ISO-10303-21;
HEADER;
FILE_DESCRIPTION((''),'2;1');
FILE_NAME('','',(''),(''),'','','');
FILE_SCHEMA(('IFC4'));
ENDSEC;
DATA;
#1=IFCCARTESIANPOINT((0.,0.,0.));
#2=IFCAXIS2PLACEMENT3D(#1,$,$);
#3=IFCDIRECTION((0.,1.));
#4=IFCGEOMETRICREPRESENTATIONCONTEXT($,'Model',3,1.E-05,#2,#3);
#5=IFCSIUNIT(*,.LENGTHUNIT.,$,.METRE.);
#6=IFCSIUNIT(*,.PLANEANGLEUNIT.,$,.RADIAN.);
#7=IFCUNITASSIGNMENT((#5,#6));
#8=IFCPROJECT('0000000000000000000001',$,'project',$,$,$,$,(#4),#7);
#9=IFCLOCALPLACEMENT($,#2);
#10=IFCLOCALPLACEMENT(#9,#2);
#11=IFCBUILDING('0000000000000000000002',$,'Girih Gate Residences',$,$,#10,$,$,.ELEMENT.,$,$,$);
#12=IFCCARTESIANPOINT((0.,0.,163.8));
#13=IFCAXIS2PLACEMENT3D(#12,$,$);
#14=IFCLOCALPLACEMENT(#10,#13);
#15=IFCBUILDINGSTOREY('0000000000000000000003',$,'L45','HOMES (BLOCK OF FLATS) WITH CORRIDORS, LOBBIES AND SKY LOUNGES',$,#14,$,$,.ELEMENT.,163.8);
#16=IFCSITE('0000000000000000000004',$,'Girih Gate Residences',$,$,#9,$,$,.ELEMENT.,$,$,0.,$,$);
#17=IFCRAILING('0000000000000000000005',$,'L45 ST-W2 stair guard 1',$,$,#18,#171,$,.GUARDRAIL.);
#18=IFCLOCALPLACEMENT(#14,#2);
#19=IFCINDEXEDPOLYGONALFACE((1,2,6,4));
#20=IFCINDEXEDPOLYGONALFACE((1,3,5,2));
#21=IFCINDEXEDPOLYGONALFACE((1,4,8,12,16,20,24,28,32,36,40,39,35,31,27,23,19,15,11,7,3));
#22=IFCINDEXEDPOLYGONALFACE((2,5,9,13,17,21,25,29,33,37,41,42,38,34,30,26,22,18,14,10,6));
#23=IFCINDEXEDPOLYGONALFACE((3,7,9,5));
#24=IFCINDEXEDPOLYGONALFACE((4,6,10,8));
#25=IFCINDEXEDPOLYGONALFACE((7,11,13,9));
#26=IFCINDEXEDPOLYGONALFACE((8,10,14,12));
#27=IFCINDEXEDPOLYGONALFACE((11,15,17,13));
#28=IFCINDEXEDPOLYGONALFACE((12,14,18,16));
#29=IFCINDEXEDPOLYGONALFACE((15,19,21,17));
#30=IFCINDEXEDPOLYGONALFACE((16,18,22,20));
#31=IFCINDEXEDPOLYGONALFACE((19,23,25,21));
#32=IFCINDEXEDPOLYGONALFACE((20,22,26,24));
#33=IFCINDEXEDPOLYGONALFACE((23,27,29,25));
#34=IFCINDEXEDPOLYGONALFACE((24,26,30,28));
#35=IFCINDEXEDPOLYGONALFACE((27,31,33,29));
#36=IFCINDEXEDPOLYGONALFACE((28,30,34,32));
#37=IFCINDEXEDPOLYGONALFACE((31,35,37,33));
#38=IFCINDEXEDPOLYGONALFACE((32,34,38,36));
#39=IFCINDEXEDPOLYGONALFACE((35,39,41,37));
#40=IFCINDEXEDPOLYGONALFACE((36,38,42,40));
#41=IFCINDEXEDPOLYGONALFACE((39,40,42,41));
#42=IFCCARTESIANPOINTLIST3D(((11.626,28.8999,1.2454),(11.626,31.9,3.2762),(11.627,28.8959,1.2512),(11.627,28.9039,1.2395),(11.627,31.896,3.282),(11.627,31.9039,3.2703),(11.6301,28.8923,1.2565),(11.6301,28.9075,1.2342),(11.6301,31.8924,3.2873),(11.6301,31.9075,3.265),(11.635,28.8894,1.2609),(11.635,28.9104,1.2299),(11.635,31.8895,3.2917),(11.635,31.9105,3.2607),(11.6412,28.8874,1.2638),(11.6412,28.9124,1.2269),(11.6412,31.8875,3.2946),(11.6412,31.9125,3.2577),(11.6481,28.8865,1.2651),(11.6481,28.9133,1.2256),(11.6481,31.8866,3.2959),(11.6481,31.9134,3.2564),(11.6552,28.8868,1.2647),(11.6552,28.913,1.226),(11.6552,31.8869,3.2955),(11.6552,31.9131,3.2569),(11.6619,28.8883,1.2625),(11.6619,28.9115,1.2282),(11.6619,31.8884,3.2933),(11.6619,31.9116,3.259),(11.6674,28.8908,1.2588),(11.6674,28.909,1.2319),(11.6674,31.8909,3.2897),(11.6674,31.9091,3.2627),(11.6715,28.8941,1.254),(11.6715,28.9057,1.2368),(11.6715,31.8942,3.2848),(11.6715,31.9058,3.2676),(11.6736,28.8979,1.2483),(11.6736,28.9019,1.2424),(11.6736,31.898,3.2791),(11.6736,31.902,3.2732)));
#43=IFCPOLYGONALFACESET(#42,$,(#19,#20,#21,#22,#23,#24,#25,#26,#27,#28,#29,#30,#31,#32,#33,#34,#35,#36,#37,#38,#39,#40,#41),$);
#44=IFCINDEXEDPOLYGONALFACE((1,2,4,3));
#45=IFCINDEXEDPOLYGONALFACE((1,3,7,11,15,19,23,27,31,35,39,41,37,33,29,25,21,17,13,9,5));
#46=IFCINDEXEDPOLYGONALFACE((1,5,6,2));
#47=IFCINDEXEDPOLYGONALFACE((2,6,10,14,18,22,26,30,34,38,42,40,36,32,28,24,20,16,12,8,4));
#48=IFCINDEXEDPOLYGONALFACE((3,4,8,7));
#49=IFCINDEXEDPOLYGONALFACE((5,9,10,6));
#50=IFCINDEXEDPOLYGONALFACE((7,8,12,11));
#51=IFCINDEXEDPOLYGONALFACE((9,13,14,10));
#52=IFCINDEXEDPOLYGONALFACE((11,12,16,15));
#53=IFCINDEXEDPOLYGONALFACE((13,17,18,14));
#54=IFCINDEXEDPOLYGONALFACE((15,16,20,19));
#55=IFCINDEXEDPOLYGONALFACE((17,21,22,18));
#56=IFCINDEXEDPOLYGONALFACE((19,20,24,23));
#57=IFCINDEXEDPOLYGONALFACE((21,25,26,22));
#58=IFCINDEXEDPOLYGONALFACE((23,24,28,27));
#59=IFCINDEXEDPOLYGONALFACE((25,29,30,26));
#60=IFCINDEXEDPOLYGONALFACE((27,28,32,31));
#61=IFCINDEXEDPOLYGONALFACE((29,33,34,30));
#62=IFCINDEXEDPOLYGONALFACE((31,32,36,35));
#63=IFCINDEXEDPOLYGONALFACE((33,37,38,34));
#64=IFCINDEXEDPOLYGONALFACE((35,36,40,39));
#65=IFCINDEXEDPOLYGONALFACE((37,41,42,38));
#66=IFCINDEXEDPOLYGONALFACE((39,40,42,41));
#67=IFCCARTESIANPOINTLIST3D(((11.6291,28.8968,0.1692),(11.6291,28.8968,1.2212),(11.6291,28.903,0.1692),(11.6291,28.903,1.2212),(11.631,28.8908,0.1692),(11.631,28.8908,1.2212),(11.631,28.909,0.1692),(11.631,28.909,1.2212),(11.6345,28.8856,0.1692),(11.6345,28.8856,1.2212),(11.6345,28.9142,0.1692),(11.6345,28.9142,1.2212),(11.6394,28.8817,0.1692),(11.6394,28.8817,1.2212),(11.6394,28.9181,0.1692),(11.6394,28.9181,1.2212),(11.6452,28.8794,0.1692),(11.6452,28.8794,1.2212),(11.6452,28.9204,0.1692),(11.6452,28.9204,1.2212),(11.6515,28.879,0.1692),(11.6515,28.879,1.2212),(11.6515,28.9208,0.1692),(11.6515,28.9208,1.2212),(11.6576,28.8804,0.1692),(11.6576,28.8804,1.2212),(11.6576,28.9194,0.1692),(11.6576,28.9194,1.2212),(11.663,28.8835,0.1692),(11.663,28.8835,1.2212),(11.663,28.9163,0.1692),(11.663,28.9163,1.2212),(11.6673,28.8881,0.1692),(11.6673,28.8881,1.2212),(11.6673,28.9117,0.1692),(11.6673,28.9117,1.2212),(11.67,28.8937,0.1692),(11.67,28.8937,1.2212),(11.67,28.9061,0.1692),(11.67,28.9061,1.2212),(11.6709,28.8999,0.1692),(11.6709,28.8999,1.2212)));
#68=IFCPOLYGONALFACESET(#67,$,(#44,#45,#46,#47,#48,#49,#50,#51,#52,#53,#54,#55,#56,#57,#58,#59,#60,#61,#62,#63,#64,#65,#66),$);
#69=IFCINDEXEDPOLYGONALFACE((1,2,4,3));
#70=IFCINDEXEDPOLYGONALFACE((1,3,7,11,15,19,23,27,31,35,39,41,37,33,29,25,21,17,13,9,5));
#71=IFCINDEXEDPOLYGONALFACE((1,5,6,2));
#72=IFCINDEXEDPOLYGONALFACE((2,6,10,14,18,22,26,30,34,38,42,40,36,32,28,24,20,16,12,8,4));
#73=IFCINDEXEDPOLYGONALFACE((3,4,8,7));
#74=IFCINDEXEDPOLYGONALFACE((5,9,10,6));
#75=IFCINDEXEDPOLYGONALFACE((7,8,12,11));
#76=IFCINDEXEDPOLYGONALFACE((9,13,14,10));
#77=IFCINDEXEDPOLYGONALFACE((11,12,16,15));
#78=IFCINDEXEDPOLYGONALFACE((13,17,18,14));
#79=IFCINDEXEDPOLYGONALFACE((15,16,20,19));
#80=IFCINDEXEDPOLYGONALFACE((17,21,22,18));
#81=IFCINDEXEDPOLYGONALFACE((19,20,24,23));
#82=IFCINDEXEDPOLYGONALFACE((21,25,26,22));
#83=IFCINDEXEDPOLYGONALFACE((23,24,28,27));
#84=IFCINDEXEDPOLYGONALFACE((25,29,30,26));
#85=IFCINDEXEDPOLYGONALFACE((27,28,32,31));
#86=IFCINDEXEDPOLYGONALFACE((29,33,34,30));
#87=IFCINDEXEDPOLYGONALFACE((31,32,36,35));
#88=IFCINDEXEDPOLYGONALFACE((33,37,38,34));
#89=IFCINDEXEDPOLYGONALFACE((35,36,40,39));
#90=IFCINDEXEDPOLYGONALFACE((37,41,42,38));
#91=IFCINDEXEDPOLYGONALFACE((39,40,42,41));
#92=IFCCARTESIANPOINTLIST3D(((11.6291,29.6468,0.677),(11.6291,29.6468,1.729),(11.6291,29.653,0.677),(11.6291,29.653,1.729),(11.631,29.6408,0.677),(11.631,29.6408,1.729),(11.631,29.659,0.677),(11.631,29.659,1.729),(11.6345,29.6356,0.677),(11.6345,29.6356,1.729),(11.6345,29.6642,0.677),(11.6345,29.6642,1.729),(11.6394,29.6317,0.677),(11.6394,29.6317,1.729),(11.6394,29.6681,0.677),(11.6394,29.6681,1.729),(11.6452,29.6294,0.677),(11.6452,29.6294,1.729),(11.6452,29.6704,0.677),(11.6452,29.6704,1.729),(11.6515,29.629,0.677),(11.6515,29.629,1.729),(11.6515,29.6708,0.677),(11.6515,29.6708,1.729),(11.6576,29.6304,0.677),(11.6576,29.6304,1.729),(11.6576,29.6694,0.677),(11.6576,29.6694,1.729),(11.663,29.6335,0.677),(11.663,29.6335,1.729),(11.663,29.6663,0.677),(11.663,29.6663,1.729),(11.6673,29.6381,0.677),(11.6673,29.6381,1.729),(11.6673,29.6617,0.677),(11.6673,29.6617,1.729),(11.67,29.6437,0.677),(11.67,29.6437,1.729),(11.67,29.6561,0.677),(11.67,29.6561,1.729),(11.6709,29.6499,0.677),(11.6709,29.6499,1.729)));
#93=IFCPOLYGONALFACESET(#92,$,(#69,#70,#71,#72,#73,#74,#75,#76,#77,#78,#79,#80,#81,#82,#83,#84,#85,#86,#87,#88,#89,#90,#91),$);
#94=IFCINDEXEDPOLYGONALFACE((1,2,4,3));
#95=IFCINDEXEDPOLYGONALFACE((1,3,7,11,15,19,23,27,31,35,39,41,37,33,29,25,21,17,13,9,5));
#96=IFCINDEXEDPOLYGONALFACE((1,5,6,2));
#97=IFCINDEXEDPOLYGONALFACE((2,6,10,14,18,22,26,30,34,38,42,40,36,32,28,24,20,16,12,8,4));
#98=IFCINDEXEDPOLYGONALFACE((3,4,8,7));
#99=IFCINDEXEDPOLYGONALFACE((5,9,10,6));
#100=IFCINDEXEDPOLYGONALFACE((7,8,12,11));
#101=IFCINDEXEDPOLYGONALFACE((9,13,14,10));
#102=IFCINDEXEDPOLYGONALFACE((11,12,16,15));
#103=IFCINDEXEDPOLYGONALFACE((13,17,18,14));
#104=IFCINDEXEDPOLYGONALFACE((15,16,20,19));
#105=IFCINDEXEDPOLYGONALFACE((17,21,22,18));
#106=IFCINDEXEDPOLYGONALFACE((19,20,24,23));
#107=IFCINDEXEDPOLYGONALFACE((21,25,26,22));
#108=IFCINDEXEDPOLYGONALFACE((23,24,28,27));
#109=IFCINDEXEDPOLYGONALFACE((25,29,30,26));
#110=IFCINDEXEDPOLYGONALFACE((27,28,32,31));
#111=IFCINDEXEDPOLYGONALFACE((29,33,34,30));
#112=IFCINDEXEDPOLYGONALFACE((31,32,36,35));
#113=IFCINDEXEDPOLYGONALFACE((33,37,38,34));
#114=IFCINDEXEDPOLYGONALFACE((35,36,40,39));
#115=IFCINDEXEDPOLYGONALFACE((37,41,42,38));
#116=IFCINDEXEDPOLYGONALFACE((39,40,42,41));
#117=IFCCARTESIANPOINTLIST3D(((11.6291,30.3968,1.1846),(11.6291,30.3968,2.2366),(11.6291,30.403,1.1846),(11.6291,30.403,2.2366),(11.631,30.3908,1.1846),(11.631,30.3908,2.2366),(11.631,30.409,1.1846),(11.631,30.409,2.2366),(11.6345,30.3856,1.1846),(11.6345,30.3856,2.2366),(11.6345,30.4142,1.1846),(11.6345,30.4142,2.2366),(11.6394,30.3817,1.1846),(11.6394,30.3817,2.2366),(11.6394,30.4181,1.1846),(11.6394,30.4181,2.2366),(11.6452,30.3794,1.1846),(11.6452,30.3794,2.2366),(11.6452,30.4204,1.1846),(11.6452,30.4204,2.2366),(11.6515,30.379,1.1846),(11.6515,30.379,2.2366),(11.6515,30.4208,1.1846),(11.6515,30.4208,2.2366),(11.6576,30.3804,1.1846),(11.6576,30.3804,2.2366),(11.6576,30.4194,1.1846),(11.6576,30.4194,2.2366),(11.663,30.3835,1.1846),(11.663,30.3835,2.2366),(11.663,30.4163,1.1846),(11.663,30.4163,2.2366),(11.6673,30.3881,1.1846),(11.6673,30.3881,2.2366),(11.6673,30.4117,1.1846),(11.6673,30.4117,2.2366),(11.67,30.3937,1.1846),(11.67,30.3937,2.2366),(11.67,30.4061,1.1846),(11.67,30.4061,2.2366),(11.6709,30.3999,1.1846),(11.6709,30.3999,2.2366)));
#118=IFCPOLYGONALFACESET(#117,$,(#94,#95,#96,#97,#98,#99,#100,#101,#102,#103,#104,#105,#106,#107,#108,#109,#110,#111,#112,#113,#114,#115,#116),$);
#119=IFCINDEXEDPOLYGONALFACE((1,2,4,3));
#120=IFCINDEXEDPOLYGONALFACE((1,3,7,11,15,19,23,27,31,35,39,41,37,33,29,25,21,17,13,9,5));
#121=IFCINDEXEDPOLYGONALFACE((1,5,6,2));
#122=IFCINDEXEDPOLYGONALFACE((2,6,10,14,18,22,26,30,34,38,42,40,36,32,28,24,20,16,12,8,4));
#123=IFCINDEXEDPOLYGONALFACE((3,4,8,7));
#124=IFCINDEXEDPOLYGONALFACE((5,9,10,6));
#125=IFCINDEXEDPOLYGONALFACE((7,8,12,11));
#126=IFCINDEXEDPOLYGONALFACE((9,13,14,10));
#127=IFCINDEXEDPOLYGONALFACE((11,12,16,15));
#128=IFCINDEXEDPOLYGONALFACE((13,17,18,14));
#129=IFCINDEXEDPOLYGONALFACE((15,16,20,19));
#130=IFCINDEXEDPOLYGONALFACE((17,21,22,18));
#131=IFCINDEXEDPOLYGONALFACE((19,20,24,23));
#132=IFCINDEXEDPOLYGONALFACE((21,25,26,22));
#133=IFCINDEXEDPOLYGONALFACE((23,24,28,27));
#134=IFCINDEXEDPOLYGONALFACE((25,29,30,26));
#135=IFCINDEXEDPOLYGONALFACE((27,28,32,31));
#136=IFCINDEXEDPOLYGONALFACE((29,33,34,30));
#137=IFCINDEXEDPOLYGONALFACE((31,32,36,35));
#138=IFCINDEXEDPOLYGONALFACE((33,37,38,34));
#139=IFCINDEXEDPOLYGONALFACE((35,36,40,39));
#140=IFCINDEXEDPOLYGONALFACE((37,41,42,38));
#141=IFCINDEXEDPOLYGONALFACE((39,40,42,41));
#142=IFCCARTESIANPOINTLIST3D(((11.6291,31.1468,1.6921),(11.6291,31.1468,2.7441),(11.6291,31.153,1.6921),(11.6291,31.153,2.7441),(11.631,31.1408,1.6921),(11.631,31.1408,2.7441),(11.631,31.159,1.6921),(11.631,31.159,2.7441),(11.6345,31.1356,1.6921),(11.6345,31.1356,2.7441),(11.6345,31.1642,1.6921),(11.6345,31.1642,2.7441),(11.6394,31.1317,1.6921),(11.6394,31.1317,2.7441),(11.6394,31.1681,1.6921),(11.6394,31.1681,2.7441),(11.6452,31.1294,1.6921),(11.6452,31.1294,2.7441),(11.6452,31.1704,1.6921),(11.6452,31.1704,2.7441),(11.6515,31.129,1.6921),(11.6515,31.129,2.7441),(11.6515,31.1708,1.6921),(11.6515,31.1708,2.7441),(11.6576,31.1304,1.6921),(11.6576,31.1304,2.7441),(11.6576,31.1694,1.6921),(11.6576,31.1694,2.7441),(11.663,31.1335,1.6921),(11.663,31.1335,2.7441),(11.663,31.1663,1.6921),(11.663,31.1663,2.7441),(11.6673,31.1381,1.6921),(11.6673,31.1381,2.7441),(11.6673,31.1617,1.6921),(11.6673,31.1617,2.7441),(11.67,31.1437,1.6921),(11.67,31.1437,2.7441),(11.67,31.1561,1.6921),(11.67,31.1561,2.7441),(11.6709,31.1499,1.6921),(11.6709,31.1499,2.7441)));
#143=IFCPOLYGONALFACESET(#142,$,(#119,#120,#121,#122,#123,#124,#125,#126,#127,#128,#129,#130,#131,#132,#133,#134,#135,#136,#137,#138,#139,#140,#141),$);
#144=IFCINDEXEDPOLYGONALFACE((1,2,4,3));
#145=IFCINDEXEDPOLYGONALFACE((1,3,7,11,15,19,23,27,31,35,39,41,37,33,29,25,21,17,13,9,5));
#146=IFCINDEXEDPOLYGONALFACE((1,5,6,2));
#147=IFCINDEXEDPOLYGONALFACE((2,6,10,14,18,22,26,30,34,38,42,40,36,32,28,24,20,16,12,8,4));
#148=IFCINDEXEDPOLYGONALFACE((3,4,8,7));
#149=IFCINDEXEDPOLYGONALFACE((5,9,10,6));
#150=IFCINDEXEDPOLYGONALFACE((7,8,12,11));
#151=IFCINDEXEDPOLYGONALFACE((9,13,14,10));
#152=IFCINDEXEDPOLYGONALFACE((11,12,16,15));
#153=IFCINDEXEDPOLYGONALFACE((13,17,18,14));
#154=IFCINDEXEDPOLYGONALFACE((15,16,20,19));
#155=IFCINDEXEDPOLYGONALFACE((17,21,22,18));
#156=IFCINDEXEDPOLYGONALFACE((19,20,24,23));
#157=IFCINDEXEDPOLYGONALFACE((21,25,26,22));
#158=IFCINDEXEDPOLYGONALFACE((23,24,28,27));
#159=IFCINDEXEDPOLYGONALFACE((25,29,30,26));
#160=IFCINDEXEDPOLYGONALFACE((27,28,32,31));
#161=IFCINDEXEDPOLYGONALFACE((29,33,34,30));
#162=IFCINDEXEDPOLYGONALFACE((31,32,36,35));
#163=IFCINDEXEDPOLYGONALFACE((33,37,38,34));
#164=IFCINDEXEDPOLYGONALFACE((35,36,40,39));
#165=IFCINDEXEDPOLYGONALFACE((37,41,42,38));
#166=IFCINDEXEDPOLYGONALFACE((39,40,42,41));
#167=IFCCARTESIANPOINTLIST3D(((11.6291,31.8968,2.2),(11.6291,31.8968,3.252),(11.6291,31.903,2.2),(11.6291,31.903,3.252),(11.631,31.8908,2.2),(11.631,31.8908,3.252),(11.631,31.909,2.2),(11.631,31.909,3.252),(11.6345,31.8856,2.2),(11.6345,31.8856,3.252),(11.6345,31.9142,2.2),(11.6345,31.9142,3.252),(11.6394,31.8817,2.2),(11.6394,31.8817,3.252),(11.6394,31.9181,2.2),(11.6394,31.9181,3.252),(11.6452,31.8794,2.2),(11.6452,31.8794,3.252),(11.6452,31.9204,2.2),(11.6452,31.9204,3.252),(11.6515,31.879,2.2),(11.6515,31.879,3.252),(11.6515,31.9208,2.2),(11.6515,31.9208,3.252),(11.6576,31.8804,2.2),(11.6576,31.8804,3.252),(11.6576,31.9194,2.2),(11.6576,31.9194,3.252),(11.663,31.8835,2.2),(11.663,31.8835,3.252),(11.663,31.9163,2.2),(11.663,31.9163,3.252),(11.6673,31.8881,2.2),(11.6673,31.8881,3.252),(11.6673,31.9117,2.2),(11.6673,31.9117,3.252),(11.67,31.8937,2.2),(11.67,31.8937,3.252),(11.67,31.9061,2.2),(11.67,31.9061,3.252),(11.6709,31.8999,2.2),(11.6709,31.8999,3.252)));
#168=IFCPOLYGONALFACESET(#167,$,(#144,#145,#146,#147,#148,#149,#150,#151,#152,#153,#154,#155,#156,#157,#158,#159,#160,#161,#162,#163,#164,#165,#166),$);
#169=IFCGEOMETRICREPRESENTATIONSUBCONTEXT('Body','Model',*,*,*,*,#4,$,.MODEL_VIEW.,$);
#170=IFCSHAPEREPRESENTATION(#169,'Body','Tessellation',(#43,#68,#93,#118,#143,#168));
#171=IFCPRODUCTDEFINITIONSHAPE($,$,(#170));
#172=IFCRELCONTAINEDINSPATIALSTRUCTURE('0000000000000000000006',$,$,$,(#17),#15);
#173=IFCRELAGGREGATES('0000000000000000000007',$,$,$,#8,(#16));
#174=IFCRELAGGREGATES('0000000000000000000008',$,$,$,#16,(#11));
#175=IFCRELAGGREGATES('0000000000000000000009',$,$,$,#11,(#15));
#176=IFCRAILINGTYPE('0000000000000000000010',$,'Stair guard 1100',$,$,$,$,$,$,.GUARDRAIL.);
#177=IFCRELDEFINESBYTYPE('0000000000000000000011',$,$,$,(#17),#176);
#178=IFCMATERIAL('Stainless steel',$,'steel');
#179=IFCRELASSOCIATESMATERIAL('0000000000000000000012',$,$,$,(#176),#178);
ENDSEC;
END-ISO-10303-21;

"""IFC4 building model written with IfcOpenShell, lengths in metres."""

from ifc_helpers import new_model, si_unit, direction, frame, origin, origin_2d, place, context, subcontext, project, spatial, circle, extrude, material, type_object, element, save


model = new_model("IFC4")

# Units and contexts
model_context = context("Model", 3, precision=1e-05, world=origin(), true_north=direction((0.0, 1.0)))
body_context = subcontext(model_context, "Body", "Model", "MODEL_VIEW")
ifc_project = project(units=[si_unit("LENGTHUNIT", "METRE"), si_unit("PLANEANGLEUNIT", "RADIAN")], contexts=[model_context])

# Site, building, storey
site_placement = place(None, origin())
site = spatial("IfcSite", under=ifc_project, at=site_placement, Name="Girih Gate Residences", CompositionType="ELEMENT", RefElevation=0.0)
building_placement = place(site_placement, origin())
building = spatial("IfcBuilding", under=site, at=building_placement, Name="Girih Gate Residences", CompositionType="ELEMENT")
storey_placement = place(building_placement, frame((0.0, 0.0, 163.8)))
storey = spatial("IfcBuildingStorey", under=building, at=storey_placement, Name="L45", Description="HOMES (BLOCK OF FLATS) WITH CORRIDORS, LOBBIES AND SKY LOUNGES", CompositionType="ELEMENT", Elevation=163.8)

# Railing
ifc_material_1 = material(Name="Stainless steel", Category="steel")
railing_type_1 = type_object("IfcRailingType", Name="Stair guard 1100", PredefinedType="GUARDRAIL", material=ifc_material_1)
railing_1_placement = place(storey_placement, frame((11.6499, 28.8999, 0.1692)))
element("IfcRailing", 1, at=railing_1_placement, inside=storey, type_object=railing_type_1, Name="L45 ST-W2 stair guard 1", PredefinedType="GUARDRAIL", context=body_context, shape_type="SweptSolid", body=[
    extrude(circle(Radius=0.0239, at=origin_2d()), frame((0.0, 0.0, 1.0762), z_axis=(0.0, 0.82811, 0.560565), x_axis=(-1.0, 0.0, 0.0)), (0.0, 0.0, 1.0), 3.6228),
    extrude(circle(Radius=0.021, at=origin_2d()), origin(), (0.0, 0.0, 1.0), 1.052),
    extrude(circle(Radius=0.021, at=origin_2d()), frame((0.0, 0.75, 0.5078)), (0.0, 0.0, 1.0), 1.052),
    extrude(circle(Radius=0.021, at=origin_2d()), frame((0.0, 1.5, 1.0154)), (0.0, 0.0, 1.0), 1.052),
    extrude(circle(Radius=0.021, at=origin_2d()), frame((0.0, 2.25, 1.5229)), (0.0, 0.0, 1.0), 1.052),
    extrude(circle(Radius=0.021, at=origin_2d()), frame((0.0, 3.0, 2.0308)), (0.0, 0.0, 1.0), 1.052),
])

save(model, "model.ifc")
